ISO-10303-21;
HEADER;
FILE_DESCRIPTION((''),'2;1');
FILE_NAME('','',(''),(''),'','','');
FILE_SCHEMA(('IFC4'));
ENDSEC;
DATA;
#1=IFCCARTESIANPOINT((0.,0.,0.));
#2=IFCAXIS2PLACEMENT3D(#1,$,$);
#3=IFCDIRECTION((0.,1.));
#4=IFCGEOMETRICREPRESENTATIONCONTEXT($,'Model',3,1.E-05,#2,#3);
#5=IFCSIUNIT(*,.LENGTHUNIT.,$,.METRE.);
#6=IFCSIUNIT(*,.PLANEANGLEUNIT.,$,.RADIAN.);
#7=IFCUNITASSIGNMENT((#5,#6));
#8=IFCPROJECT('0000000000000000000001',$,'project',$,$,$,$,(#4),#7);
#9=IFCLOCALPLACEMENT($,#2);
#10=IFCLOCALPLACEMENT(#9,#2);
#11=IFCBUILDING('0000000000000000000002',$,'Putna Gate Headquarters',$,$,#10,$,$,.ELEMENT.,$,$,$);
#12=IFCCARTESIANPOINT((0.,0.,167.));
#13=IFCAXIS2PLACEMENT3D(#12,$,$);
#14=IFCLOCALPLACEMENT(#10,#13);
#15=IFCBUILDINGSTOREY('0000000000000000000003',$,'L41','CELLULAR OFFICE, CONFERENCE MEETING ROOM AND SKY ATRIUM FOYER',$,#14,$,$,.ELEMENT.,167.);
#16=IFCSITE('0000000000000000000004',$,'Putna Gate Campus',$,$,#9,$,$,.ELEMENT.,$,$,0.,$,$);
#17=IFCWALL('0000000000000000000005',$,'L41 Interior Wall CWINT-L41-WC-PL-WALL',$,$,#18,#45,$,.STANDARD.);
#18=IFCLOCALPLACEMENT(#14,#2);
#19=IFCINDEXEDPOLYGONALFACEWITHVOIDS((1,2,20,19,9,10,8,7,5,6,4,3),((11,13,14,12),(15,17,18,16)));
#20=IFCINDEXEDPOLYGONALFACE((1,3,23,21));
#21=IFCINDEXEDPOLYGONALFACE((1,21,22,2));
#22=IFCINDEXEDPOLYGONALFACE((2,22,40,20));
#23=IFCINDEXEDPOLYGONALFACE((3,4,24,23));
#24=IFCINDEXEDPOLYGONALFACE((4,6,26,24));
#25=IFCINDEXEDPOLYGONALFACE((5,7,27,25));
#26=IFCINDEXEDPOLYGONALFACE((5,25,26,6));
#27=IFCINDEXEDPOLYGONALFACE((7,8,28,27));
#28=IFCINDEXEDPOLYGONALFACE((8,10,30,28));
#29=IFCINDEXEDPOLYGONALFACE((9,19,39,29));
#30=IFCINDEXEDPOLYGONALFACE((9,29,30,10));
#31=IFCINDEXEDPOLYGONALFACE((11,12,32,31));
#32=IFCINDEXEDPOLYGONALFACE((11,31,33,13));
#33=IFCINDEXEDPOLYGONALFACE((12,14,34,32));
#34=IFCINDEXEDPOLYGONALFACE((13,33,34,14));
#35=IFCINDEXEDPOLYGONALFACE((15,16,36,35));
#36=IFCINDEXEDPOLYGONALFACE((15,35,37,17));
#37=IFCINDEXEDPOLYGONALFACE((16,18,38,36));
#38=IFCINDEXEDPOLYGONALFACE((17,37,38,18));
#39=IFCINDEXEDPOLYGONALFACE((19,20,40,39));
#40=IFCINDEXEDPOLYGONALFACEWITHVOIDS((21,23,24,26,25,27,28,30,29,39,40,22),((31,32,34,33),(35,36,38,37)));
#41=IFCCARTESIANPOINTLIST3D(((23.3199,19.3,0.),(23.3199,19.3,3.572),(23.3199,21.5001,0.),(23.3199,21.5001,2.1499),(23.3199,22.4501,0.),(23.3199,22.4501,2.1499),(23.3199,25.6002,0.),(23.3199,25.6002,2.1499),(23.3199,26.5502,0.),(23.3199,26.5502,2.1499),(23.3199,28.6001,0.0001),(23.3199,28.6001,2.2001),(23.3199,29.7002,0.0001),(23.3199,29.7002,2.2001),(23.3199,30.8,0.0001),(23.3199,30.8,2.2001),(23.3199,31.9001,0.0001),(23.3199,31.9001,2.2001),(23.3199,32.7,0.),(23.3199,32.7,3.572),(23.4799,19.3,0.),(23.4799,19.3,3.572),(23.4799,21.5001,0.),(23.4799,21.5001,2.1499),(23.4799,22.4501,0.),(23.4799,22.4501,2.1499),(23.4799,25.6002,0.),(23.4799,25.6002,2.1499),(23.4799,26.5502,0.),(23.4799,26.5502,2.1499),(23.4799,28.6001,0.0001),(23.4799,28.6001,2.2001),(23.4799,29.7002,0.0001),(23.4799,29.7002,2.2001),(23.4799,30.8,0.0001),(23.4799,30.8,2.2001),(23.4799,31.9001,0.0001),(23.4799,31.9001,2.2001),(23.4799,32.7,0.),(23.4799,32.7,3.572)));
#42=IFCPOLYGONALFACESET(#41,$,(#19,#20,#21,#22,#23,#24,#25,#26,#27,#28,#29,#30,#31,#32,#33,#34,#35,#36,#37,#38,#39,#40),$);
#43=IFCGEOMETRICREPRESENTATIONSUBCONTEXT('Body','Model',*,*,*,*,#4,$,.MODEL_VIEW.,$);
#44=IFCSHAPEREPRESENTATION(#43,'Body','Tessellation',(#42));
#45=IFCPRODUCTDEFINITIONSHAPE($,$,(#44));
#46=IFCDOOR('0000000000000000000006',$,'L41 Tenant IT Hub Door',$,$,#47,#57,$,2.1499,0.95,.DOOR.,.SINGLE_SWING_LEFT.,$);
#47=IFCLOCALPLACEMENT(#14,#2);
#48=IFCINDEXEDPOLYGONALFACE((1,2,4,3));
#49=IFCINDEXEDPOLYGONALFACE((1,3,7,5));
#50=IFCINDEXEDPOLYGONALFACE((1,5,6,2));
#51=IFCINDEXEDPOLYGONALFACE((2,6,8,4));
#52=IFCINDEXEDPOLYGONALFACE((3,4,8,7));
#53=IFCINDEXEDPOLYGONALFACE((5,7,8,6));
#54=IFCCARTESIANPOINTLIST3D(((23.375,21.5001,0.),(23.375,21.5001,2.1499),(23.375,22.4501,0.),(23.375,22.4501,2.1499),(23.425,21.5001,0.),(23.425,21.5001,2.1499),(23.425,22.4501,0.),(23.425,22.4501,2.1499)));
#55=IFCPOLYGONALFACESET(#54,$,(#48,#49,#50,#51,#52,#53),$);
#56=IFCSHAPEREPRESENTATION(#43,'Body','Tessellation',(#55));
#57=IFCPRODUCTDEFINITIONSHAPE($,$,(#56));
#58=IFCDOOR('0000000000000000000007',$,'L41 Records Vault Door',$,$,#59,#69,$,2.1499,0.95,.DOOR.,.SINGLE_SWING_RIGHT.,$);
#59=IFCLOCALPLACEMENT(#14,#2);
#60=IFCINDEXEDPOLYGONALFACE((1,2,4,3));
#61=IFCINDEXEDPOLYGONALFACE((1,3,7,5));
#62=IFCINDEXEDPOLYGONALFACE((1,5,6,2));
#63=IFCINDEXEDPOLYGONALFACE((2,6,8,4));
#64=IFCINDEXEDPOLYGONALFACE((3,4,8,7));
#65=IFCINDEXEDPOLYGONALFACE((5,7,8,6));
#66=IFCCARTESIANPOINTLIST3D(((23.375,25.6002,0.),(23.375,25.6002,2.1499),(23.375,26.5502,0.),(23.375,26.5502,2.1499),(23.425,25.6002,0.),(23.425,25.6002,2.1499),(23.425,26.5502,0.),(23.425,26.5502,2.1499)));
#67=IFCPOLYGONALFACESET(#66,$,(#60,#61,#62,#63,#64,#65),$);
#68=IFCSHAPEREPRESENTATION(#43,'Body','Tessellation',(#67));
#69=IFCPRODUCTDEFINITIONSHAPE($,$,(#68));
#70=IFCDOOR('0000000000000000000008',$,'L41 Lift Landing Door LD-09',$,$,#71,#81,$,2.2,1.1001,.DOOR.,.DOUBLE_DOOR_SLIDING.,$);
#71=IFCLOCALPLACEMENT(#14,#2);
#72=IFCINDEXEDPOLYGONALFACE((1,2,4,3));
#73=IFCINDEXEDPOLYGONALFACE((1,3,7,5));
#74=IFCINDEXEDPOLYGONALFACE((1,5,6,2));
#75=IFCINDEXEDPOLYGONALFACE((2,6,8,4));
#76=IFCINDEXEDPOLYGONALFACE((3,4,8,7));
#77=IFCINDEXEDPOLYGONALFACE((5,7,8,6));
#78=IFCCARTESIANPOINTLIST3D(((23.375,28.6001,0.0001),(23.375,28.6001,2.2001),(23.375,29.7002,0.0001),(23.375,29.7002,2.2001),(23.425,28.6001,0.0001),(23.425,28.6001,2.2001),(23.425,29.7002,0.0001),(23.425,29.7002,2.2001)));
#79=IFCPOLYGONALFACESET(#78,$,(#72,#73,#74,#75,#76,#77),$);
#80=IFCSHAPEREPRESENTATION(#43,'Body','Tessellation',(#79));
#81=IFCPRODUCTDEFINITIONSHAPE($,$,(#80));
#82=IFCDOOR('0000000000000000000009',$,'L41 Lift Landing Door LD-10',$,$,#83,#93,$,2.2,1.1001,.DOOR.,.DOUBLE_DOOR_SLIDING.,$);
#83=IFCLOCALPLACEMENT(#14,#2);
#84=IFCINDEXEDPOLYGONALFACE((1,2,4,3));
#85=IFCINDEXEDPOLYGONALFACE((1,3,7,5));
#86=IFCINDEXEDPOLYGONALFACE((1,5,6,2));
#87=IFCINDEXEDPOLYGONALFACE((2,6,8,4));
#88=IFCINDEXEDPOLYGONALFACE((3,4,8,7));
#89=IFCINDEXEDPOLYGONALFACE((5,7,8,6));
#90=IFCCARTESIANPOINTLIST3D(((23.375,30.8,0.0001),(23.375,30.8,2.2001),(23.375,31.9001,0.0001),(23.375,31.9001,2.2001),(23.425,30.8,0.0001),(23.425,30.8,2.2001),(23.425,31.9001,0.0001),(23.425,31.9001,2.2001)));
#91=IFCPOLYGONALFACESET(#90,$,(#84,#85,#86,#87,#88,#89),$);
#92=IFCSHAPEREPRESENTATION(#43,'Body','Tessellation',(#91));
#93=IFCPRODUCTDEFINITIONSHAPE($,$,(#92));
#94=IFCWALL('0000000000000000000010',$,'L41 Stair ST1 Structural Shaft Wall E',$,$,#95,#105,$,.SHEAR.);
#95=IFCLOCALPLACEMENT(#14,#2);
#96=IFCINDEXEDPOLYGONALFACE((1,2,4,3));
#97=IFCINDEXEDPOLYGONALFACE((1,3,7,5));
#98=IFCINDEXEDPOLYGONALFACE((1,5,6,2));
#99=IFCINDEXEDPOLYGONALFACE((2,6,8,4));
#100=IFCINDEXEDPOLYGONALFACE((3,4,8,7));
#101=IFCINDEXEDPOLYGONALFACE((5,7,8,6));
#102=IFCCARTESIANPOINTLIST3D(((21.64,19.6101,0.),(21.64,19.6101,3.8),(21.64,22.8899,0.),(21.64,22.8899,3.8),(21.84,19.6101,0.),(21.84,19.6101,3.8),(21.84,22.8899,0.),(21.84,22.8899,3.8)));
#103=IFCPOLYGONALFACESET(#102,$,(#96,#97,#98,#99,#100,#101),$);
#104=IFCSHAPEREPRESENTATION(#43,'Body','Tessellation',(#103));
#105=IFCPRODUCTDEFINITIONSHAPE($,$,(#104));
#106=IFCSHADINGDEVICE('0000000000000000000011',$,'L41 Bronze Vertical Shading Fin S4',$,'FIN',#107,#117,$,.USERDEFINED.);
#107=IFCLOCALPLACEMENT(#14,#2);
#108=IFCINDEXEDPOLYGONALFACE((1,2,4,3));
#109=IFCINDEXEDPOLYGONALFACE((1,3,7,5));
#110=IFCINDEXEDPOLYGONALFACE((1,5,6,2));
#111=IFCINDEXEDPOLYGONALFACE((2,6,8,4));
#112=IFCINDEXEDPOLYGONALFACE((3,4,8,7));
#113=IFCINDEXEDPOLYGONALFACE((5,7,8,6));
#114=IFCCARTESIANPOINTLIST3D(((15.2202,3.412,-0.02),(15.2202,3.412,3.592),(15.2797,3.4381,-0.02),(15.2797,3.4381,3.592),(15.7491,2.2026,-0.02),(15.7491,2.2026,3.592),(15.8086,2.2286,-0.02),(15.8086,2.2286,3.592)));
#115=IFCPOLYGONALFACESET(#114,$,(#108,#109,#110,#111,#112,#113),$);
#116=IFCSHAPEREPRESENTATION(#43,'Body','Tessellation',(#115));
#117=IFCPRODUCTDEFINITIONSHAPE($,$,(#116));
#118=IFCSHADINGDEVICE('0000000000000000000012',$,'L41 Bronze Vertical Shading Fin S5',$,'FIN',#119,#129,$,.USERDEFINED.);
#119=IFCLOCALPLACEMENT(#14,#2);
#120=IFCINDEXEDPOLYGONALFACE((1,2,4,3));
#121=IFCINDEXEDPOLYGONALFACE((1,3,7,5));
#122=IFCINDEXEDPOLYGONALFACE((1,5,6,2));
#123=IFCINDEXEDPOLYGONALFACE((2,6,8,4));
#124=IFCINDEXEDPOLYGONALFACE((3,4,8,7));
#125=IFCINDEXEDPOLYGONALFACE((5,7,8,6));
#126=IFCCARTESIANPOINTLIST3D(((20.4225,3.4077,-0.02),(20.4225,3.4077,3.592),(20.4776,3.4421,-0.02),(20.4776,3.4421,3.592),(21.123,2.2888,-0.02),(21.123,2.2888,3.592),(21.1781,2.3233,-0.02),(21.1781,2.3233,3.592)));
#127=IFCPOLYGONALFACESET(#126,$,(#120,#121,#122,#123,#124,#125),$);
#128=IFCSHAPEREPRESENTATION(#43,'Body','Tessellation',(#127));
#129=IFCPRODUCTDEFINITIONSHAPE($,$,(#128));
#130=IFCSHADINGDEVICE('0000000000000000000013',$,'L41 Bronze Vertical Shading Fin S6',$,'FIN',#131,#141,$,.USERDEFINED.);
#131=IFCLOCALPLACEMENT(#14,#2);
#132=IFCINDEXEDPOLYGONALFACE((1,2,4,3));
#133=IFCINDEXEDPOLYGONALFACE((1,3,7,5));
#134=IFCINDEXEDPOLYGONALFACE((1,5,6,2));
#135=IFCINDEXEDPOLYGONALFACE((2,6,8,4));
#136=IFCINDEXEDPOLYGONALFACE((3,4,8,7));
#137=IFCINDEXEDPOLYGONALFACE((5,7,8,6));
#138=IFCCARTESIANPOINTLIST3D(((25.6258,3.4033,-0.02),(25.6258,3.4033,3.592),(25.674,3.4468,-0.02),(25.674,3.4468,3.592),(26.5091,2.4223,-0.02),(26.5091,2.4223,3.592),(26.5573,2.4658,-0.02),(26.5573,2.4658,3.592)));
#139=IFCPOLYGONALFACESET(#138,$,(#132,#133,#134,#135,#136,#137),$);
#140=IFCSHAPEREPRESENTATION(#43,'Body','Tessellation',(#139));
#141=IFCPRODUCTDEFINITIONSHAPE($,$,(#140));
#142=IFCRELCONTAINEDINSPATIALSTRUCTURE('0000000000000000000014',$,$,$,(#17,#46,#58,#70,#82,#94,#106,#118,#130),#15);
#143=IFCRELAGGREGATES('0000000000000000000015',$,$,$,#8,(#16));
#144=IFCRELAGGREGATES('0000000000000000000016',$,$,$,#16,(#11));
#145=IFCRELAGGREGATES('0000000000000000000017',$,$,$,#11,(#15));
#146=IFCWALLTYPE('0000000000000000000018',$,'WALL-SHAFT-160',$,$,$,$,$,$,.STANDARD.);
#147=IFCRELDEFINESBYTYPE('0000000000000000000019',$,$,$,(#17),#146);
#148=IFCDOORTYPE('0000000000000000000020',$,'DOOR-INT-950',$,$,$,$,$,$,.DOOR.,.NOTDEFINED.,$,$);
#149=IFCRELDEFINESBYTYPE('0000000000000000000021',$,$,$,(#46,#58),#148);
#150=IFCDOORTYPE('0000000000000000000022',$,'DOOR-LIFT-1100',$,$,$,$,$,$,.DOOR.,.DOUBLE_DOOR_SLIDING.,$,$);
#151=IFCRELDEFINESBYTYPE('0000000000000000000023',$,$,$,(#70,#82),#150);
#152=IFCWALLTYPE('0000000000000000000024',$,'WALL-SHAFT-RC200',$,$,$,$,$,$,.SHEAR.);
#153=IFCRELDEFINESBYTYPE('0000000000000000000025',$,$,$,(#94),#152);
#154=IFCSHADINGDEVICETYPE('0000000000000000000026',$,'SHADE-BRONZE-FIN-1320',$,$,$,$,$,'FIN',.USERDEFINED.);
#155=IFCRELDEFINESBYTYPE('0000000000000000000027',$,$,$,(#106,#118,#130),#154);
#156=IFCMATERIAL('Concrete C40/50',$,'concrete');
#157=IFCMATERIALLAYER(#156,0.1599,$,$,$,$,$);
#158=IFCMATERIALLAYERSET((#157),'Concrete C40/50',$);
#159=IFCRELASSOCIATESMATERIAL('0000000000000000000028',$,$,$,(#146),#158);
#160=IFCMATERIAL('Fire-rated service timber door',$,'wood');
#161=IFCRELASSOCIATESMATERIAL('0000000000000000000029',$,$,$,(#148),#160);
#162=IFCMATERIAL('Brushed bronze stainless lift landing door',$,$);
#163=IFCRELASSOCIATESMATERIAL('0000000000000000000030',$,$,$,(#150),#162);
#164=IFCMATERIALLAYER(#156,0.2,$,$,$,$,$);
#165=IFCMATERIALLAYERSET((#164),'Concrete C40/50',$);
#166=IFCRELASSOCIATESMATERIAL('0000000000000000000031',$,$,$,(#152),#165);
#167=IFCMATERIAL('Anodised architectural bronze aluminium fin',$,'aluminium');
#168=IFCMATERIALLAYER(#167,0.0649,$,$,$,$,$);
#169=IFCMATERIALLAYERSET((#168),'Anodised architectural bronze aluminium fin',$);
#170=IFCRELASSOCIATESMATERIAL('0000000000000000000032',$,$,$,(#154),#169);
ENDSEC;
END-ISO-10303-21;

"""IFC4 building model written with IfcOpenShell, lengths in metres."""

from ifc_helpers import new_model, si_unit, direction, frame, frame_2d, origin, origin_2d, place, context, subcontext, project, spatial, rectangle, extrude, material, layer, layer_set, type_object, element, fill, save


model = new_model("IFC4")

# Units and contexts
model_context = context("Model", 3, precision=1e-05, world=origin(), true_north=direction((0.0, 1.0)))
body_context = subcontext(model_context, "Body", "Model", "MODEL_VIEW")
ifc_project = project(units=[si_unit("LENGTHUNIT", "METRE"), si_unit("PLANEANGLEUNIT", "RADIAN")], contexts=[model_context])

# Site, building, storey
site_placement = place(None, origin())
site = spatial("IfcSite", under=ifc_project, at=site_placement, Name="Putna Gate Campus", CompositionType="ELEMENT", RefElevation=0.0)
building_placement = place(site_placement, origin())
building = spatial("IfcBuilding", under=site, at=building_placement, Name="Putna Gate Headquarters", CompositionType="ELEMENT")
storey_placement = place(building_placement, frame((0.0, 0.0, 167.0)))
storey = spatial("IfcBuildingStorey", under=building, at=storey_placement, Name="L41", Description="CELLULAR OFFICE, CONFERENCE MEETING ROOM AND SKY ATRIUM FOYER", CompositionType="ELEMENT", Elevation=167.0)

# Wall, openings, doors
ifc_material_1 = material(Name="Concrete C40/50", Category="concrete")
ifc_layer_1 = layer(ifc_material_1, 0.1599)
ifc_layer_set_1 = layer_set([ifc_layer_1], Name="Concrete C40/50")
wall_type_1 = type_object("IfcWallType", Name="WALL-SHAFT-160", PredefinedType="STANDARD", material=ifc_layer_set_1)
wall_1_placement = place(storey_placement, frame((23.3999, 19.3, 0.0), z_axis=(0.0, 0.0, 1.0), x_axis=(0.0, 1.0, 0.0)))
wall_1 = element("IfcWall", 1, at=wall_1_placement, inside=storey, type_object=wall_type_1, Name="L41 Interior Wall CWINT-L41-WC-PL-WALL", PredefinedType="STANDARD", context=body_context, shape_type="SweptSolid", body=[
    extrude(rectangle(XDim=13.3999, YDim=0.1599, at=frame_2d((6.7, 0.0))), origin(), (0.0, 0.0, 1.0), 3.572),
])
opening_1_placement = place(wall_1_placement, frame((2.2, 0.0, 0.0)))
opening_1 = element("IfcOpeningElement", 2, at=opening_1_placement, cuts=wall_1, PredefinedType="OPENING", context=body_context, shape_type="SweptSolid", body=[
    extrude(rectangle(XDim=0.95, YDim=2.1499, at=frame_2d((0.4751, 1.075))), frame((0.0, 0.0898, 0.0), z_axis=(0.0, -1.0, 0.0), x_axis=(1.0, 0.0, 0.0)), (0.0, 0.0, 1.0), 0.1799),
])
opening_2_placement = place(wall_1_placement, frame((6.3, 0.0, 0.0)))
opening_2 = element("IfcOpeningElement", 3, at=opening_2_placement, cuts=wall_1, PredefinedType="OPENING", context=body_context, shape_type="SweptSolid", body=[
    extrude(rectangle(XDim=0.95, YDim=2.1499, at=frame_2d((0.4751, 1.075))), frame((0.0, 0.0898, 0.0), z_axis=(0.0, -1.0, 0.0), x_axis=(1.0, 0.0, 0.0)), (0.0, 0.0, 1.0), 0.1799),
])
opening_3_placement = place(wall_1_placement, frame((9.3, 0.0, 0.0)))
opening_3 = element("IfcOpeningElement", 4, at=opening_3_placement, cuts=wall_1, PredefinedType="OPENING", context=body_context, shape_type="SweptSolid", body=[
    extrude(rectangle(XDim=1.1001, YDim=2.2, at=frame_2d((0.55, 1.1001))), frame((0.0, 0.0898, 0.0), z_axis=(0.0, -1.0, 0.0), x_axis=(1.0, 0.0, 0.0)), (0.0, 0.0, 1.0), 0.1799),
])
opening_4_placement = place(wall_1_placement, frame((11.5, 0.0, 0.0)))
opening_4 = element("IfcOpeningElement", 5, at=opening_4_placement, cuts=wall_1, PredefinedType="OPENING", context=body_context, shape_type="SweptSolid", body=[
    extrude(rectangle(XDim=1.1001, YDim=2.2, at=frame_2d((0.55, 1.1001))), frame((0.0, 0.0898, 0.0), z_axis=(0.0, -1.0, 0.0), x_axis=(1.0, 0.0, 0.0)), (0.0, 0.0, 1.0), 0.1799),
])
ifc_material_2 = material(Name="Fire-rated service timber door", Category="wood")
door_type_1 = type_object("IfcDoorType", Name="DOOR-INT-950", OperationType="NOTDEFINED", PredefinedType="DOOR", material=ifc_material_2)
door_1_placement = place(opening_1_placement, origin())
door_1 = element("IfcDoor", 6, at=door_1_placement, inside=storey, type_object=door_type_1, Name="L41 Tenant IT Hub Door", OperationType="SINGLE_SWING_LEFT", OverallHeight=2.1499, OverallWidth=0.95, PredefinedType="DOOR", context=body_context, shape_type="SweptSolid", body=[
    extrude(rectangle(XDim=0.95, YDim=2.1499, at=frame_2d((0.4751, 1.075))), frame((0.0, 0.0249, 0.0), z_axis=(0.0, -1.0, 0.0), x_axis=(1.0, 0.0, 0.0)), (0.0, 0.0, 1.0), 0.05),
])
fill(opening_1, door_1)
door_2_placement = place(opening_2_placement, origin())
door_2 = element("IfcDoor", 7, at=door_2_placement, inside=storey, type_object=door_type_1, Name="L41 Records Vault Door", OperationType="SINGLE_SWING_RIGHT", OverallHeight=2.1499, OverallWidth=0.95, PredefinedType="DOOR", context=body_context, shape_type="SweptSolid", body=[
    extrude(rectangle(XDim=0.95, YDim=2.1499, at=frame_2d((0.4751, 1.075))), frame((0.0, 0.0249, 0.0), z_axis=(0.0, -1.0, 0.0), x_axis=(1.0, 0.0, 0.0)), (0.0, 0.0, 1.0), 0.05),
])
fill(opening_2, door_2)
ifc_material_3 = material(Name="Brushed bronze stainless lift landing door")
door_type_2 = type_object("IfcDoorType", Name="DOOR-LIFT-1100", OperationType="DOUBLE_DOOR_SLIDING", PredefinedType="DOOR", material=ifc_material_3)
door_3_placement = place(opening_3_placement, origin())
door_3 = element("IfcDoor", 8, at=door_3_placement, inside=storey, type_object=door_type_2, Name="L41 Lift Landing Door LD-09", OperationType="DOUBLE_DOOR_SLIDING", OverallHeight=2.2, OverallWidth=1.1001, PredefinedType="DOOR", context=body_context, shape_type="SweptSolid", body=[
    extrude(rectangle(XDim=1.1001, YDim=2.2, at=frame_2d((0.55, 1.1001))), frame((0.0, 0.0249, 0.0), z_axis=(0.0, -1.0, 0.0), x_axis=(1.0, 0.0, 0.0)), (0.0, 0.0, 1.0), 0.05),
])
fill(opening_3, door_3)
door_4_placement = place(opening_4_placement, origin())
door_4 = element("IfcDoor", 9, at=door_4_placement, inside=storey, type_object=door_type_2, Name="L41 Lift Landing Door LD-10", OperationType="DOUBLE_DOOR_SLIDING", OverallHeight=2.2, OverallWidth=1.1001, PredefinedType="DOOR", context=body_context, shape_type="SweptSolid", body=[
    extrude(rectangle(XDim=1.1001, YDim=2.2, at=frame_2d((0.55, 1.1001))), frame((0.0, 0.0249, 0.0), z_axis=(0.0, -1.0, 0.0), x_axis=(1.0, 0.0, 0.0)), (0.0, 0.0, 1.0), 0.05),
])
fill(opening_4, door_4)

# Wall
ifc_layer_2 = layer(ifc_material_1, 0.2)
ifc_layer_set_2 = layer_set([ifc_layer_2], Name="Concrete C40/50")
wall_type_2 = type_object("IfcWallType", Name="WALL-SHAFT-RC200", PredefinedType="SHEAR", material=ifc_layer_set_2)
wall_2_placement = place(storey_placement, frame((21.74, 19.6101, 0.0), z_axis=(0.0, 0.0, 1.0), x_axis=(0.0, 1.0, 0.0)))
element("IfcWall", 10, at=wall_2_placement, inside=storey, type_object=wall_type_2, Name="L41 Stair ST1 Structural Shaft Wall E", PredefinedType="SHEAR", context=body_context, shape_type="SweptSolid", body=[
    extrude(rectangle(XDim=3.2798, YDim=0.2, at=frame_2d((1.6399, 0.0))), origin(), (0.0, 0.0, 1.0), 3.8),
])

# Shading devices
ifc_material_4 = material(Name="Anodised architectural bronze aluminium fin", Category="aluminium")
ifc_layer_3 = layer(ifc_material_4, 0.0649)
ifc_layer_set_3 = layer_set([ifc_layer_3], Name="Anodised architectural bronze aluminium fin")
shading_device_type = type_object("IfcShadingDeviceType", Name="SHADE-BRONZE-FIN-1320", ElementType="FIN", PredefinedType="USERDEFINED", material=ifc_layer_set_3)
for number, where, z_axis, x_axis, name in (
    (11, (15.5144, 2.8203, -0.02), (0.0, 0.0, 1.0), (0.400669, -0.916223, 0.0), "L41 Bronze Vertical Shading Fin S4"),
    (12, (20.8003, 2.8655, -0.02), (0.0, 0.0, 1.0), (0.530659, -0.847585, 0.0), "L41 Bronze Vertical Shading Fin S5"),
    (13, (26.0916, 2.9346, -0.02), (0.0, 0.0, 1.0), (0.669131, -0.743145, 0.0), "L41 Bronze Vertical Shading Fin S6"),
):
    element("IfcShadingDevice", number, at=place(storey_placement, frame(where, z_axis=z_axis, x_axis=x_axis)), inside=storey, type_object=shading_device_type, Name=name, ObjectType="FIN", PredefinedType="USERDEFINED", context=body_context, shape_type="SweptSolid", body=[
        extrude(rectangle(XDim=1.3201, YDim=0.0649, at=origin_2d()), origin(), (0.0, 0.0, 1.0), 3.6121),
    ])

save(model, "model.ifc")
